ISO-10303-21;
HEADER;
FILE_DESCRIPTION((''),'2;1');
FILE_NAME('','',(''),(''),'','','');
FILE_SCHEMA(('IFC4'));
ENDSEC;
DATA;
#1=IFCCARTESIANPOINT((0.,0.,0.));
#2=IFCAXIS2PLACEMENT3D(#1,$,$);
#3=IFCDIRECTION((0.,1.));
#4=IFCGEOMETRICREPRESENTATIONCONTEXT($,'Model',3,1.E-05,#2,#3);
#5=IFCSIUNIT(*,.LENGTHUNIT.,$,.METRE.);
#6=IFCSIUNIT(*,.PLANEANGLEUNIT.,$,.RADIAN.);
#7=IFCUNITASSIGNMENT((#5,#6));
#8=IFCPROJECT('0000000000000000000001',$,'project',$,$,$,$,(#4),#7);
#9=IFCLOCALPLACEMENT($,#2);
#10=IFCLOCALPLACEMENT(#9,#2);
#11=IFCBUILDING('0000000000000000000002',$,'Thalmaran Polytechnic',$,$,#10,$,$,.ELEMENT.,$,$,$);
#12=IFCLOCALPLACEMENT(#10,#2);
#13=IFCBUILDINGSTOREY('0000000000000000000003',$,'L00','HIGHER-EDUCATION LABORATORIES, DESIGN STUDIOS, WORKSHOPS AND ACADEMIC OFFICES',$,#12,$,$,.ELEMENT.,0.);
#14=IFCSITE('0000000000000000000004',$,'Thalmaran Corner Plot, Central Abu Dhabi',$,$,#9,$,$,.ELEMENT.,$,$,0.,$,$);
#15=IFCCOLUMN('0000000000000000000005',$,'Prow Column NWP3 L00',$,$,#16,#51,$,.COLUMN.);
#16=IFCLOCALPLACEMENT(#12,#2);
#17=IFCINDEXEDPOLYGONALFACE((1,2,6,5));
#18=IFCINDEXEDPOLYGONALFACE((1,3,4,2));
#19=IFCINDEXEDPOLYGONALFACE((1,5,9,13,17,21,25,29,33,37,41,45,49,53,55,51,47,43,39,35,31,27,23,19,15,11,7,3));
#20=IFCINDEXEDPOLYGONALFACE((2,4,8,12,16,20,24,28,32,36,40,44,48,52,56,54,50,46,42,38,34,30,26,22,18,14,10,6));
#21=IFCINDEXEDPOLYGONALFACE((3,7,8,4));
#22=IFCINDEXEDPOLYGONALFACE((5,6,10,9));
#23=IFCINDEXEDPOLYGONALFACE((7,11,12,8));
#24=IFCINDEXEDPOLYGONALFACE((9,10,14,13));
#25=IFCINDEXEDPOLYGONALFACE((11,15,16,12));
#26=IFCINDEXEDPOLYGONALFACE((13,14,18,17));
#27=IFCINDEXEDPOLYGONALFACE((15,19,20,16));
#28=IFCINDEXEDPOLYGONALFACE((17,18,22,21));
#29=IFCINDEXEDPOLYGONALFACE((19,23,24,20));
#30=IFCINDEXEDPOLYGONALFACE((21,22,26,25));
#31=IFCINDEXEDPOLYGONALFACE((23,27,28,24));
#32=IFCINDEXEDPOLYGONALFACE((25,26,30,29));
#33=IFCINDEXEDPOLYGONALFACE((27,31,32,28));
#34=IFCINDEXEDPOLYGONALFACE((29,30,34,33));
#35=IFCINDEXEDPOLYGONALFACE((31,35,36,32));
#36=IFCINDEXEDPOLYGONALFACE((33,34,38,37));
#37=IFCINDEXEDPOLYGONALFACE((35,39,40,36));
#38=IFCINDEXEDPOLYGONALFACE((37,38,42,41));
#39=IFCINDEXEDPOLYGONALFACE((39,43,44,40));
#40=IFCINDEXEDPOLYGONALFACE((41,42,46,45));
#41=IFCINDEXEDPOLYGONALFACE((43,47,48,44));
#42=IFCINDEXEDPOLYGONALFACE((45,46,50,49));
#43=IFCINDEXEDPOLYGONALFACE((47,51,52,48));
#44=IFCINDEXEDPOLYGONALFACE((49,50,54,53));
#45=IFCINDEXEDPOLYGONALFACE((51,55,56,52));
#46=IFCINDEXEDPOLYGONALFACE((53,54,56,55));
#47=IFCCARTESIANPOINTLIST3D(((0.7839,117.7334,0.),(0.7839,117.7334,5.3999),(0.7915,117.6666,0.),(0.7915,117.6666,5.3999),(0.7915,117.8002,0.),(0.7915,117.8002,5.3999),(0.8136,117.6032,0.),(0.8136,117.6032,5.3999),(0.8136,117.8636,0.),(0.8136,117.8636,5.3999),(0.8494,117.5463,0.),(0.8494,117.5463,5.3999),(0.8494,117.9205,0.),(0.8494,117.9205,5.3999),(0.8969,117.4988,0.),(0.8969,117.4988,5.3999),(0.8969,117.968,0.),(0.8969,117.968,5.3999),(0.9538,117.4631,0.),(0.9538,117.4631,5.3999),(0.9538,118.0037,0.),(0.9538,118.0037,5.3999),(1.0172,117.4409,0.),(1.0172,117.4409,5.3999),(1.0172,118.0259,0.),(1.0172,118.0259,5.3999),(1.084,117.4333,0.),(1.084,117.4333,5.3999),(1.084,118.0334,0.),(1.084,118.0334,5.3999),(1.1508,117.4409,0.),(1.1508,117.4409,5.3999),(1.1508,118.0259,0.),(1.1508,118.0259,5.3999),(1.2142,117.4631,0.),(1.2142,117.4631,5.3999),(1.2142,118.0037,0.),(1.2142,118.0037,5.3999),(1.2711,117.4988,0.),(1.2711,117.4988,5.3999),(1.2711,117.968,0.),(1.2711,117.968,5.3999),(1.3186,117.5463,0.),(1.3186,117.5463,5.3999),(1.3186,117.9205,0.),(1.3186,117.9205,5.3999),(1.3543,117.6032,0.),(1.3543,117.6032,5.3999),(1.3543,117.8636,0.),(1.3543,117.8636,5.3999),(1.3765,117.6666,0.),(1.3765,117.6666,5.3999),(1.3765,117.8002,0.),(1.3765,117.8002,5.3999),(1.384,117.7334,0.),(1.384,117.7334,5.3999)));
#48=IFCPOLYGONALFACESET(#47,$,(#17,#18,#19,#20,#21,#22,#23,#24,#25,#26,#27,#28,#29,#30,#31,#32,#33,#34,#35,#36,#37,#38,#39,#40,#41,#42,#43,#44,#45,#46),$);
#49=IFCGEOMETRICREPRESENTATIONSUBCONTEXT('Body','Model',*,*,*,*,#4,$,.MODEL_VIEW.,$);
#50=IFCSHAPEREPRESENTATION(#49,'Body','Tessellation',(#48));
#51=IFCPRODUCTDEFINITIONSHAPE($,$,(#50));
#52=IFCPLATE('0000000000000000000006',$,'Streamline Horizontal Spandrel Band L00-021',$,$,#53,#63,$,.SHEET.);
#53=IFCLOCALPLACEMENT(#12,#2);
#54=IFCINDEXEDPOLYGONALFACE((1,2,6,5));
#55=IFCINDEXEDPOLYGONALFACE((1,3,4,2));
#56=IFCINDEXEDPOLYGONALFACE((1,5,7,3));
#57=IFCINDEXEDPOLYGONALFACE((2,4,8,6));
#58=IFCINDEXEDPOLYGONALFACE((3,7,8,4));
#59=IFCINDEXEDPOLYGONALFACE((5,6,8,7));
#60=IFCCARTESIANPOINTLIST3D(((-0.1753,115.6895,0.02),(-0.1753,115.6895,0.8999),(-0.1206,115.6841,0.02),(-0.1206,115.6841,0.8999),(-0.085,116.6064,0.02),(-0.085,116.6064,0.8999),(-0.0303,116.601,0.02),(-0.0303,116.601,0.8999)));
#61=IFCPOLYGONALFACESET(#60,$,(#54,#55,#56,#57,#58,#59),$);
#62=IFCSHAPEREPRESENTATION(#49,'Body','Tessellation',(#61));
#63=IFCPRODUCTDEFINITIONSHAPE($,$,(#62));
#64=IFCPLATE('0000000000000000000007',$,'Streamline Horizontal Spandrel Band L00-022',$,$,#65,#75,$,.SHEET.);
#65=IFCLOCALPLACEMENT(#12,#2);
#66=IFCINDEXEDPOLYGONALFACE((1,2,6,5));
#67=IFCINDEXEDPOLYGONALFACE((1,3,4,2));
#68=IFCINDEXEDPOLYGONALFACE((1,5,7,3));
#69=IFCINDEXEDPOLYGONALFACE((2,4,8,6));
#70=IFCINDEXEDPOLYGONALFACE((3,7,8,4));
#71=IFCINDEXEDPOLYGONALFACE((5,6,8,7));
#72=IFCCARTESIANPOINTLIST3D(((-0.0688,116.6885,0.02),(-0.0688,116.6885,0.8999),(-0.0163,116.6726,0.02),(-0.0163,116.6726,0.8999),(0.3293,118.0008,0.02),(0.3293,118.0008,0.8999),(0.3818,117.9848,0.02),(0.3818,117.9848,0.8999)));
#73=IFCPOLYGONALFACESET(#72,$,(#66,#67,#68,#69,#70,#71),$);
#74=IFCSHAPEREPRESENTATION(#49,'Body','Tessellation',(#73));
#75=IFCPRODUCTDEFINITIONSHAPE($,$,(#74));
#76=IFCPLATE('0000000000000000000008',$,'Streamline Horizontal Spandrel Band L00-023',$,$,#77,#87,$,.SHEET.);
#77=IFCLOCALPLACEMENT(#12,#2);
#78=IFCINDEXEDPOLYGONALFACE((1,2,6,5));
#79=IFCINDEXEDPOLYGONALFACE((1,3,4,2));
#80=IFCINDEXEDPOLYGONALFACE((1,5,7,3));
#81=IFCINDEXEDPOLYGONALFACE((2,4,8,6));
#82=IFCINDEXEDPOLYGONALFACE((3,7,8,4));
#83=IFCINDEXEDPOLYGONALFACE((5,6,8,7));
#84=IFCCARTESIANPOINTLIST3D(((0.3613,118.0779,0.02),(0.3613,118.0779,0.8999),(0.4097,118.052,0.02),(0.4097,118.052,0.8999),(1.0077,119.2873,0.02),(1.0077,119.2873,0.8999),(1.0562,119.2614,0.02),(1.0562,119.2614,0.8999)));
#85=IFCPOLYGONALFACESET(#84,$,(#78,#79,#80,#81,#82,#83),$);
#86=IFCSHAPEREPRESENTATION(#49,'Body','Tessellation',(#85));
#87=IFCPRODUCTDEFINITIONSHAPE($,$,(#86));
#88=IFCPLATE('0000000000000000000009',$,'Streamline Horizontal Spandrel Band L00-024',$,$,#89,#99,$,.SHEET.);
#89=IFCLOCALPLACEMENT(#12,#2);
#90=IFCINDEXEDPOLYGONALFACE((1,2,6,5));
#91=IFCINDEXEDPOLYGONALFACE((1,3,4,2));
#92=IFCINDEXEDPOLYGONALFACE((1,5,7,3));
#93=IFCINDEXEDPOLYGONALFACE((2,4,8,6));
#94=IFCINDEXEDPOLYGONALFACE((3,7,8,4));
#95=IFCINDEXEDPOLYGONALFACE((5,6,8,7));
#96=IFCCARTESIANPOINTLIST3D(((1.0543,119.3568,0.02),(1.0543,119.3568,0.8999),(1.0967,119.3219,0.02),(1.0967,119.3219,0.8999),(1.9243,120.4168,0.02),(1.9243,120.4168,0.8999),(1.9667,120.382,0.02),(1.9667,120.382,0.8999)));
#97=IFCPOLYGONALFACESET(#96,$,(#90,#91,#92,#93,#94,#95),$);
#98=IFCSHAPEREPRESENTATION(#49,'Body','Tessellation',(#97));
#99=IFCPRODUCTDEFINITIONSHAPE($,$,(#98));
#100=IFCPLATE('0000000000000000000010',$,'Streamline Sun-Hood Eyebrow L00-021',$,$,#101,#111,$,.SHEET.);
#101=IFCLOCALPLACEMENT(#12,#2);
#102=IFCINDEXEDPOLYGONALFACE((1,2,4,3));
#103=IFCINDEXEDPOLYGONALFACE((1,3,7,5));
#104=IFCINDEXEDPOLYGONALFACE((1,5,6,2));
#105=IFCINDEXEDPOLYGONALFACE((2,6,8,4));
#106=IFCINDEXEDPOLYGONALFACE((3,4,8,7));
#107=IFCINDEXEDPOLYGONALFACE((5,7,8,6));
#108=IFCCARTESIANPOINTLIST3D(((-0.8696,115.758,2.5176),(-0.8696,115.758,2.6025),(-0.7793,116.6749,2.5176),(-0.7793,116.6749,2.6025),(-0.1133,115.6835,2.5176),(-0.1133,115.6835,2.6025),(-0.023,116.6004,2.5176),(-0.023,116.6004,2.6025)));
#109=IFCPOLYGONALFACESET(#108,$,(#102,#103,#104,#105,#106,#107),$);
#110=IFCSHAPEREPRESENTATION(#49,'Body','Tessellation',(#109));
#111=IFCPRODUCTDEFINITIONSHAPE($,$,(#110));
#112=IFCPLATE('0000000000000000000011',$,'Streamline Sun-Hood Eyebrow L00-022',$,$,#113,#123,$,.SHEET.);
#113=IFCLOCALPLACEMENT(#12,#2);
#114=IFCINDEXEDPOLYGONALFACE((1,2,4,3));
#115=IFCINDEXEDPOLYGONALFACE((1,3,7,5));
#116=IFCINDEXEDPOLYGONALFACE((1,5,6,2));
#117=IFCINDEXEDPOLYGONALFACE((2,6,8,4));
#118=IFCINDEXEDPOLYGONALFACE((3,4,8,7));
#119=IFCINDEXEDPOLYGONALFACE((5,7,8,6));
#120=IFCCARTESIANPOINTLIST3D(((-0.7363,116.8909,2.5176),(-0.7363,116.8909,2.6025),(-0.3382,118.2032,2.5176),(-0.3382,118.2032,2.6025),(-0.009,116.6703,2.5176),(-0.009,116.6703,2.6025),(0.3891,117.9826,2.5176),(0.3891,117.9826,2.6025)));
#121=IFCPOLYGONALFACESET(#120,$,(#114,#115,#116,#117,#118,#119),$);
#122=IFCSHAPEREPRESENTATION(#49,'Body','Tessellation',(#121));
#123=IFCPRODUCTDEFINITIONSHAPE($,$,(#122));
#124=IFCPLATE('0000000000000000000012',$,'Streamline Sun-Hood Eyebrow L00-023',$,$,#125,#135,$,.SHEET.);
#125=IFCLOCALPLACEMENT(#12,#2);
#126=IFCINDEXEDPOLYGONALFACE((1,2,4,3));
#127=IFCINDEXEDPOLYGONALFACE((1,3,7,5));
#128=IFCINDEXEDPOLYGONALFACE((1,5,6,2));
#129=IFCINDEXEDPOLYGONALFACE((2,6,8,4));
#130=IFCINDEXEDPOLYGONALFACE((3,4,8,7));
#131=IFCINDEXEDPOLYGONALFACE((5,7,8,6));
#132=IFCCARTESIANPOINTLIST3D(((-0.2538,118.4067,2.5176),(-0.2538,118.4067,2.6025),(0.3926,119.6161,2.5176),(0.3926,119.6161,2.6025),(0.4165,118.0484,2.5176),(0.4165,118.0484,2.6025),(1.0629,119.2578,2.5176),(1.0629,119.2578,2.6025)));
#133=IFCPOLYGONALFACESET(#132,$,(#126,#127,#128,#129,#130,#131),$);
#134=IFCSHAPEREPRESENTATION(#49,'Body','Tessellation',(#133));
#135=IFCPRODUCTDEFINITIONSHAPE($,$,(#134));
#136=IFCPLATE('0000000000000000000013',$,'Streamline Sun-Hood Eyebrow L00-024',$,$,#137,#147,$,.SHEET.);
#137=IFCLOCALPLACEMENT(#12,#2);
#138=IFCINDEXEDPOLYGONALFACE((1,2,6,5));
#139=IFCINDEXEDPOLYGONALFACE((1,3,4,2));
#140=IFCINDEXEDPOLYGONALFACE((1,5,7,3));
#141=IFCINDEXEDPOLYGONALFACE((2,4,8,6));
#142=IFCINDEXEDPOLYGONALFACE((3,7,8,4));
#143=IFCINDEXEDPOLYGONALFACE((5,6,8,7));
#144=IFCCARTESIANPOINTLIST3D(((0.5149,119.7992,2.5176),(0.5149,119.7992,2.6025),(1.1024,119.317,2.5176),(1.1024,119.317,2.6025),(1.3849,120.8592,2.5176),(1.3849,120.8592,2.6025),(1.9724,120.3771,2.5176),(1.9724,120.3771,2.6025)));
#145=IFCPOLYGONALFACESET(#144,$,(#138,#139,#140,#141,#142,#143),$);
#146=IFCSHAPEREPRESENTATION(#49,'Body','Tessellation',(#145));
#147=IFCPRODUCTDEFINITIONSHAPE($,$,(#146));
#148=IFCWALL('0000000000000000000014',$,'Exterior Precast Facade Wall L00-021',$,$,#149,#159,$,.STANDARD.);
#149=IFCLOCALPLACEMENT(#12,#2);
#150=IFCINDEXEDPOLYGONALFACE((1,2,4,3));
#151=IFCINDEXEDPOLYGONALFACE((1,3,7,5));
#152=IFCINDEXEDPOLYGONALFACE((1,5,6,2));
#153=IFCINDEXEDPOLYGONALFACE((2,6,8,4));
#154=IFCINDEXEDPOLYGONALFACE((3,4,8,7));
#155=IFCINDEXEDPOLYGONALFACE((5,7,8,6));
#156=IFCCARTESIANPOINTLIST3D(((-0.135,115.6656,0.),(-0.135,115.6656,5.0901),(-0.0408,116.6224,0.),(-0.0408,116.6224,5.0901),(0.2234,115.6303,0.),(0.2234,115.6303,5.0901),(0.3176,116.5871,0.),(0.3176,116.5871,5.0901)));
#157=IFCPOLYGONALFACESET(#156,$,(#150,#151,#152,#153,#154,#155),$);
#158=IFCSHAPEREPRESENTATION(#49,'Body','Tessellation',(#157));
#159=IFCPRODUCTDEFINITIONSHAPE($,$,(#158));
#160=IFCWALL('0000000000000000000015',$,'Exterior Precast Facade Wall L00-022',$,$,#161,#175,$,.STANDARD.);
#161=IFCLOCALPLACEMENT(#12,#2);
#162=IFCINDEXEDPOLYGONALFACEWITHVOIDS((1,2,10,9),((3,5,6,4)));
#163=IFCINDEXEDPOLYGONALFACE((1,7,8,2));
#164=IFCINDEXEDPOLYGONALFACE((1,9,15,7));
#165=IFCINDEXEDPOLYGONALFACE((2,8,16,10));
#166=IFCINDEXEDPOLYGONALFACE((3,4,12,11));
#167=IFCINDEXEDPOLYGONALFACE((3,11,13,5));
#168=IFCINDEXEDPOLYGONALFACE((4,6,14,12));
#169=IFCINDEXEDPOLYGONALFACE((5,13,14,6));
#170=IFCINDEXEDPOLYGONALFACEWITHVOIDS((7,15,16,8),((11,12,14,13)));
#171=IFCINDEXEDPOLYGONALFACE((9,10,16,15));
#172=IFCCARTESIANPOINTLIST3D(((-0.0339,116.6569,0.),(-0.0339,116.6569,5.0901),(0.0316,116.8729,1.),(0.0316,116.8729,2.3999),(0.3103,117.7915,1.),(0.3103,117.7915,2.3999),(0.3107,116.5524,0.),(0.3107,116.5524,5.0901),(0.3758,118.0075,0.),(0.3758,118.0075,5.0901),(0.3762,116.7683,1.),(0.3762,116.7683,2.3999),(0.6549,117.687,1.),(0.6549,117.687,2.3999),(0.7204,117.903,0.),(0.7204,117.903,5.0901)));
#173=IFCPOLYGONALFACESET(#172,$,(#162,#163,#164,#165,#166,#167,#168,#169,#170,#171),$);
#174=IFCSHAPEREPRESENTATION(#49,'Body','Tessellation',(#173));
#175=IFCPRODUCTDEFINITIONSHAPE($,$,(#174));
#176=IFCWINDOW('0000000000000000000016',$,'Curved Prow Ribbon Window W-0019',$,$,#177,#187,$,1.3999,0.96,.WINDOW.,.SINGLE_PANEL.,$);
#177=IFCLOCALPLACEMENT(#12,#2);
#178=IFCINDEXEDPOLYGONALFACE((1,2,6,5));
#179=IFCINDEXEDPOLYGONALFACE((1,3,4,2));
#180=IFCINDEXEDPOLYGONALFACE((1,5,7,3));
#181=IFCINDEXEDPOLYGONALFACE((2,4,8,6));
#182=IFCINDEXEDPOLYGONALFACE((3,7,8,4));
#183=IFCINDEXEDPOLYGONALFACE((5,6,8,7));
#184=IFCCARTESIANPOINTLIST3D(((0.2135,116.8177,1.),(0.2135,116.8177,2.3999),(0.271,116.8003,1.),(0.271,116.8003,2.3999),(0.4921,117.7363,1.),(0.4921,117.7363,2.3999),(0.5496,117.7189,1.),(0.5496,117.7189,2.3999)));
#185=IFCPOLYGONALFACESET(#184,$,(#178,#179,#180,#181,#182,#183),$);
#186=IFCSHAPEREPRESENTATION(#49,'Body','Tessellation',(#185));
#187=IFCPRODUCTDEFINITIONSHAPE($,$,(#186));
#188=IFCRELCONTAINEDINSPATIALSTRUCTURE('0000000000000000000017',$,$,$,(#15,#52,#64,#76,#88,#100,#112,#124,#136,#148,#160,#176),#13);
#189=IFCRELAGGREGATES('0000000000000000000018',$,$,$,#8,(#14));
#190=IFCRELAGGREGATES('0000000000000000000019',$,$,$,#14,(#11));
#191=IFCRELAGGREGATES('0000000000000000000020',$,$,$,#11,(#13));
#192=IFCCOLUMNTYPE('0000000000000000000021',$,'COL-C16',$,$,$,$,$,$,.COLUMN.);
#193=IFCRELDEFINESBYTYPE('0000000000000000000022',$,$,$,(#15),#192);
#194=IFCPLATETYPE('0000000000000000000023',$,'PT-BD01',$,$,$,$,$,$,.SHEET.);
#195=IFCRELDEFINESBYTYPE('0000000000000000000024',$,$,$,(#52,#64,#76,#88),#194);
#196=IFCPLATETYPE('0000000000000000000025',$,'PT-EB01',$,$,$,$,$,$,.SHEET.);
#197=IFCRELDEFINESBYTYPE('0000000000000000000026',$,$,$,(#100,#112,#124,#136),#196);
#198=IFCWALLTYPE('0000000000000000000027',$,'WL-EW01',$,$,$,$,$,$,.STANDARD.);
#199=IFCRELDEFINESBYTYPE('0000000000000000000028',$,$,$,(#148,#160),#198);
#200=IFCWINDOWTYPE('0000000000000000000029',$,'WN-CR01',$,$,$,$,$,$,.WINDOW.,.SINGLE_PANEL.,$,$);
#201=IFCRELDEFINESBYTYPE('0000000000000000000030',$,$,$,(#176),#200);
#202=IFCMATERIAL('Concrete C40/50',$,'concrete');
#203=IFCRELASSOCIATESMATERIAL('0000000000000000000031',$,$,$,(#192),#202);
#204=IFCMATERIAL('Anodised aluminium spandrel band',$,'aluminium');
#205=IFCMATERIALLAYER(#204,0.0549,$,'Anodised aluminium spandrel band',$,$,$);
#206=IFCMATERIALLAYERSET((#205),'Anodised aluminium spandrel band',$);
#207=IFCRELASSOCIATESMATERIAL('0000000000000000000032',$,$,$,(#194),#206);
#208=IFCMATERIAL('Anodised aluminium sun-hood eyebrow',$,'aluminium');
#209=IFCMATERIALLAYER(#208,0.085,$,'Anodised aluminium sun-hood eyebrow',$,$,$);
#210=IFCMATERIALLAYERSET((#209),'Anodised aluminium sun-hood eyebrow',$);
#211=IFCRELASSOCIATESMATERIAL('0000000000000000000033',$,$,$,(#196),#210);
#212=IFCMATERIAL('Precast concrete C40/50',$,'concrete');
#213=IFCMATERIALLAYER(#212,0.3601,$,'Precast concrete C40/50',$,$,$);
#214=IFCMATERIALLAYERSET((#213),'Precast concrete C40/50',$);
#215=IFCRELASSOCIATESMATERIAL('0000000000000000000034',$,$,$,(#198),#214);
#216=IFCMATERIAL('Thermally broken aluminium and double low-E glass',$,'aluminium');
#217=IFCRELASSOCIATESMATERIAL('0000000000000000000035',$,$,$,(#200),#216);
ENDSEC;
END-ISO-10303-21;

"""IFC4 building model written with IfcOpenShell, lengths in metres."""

from ifc_helpers import new_model, si_unit, direction, frame, frame_2d, origin, origin_2d, place, context, subcontext, project, spatial, rectangle, circle, extrude, material, layer, layer_set, material_profile, profile_set, type_object, element, fill, save


model = new_model("IFC4")

# Units and contexts
model_context = context("Model", 3, precision=1e-05, world=origin(), true_north=direction((0.0, 1.0)))
body_context = subcontext(model_context, "Body", "Model", "MODEL_VIEW")
ifc_project = project(units=[si_unit("LENGTHUNIT", "METRE"), si_unit("PLANEANGLEUNIT", "RADIAN")], contexts=[model_context])

# Site, building, storey
site_placement = place(None, origin())
site = spatial("IfcSite", under=ifc_project, at=site_placement, Name="Thalmaran Corner Plot, Central Abu Dhabi", CompositionType="ELEMENT", RefElevation=0.0)
building_placement = place(site_placement, origin())
building = spatial("IfcBuilding", under=site, at=building_placement, Name="Thalmaran Polytechnic", CompositionType="ELEMENT")
storey_placement = place(building_placement, origin())
storey = spatial("IfcBuildingStorey", under=building, at=storey_placement, Name="L00", Description="HIGHER-EDUCATION LABORATORIES, DESIGN STUDIOS, WORKSHOPS AND ACADEMIC OFFICES", CompositionType="ELEMENT", Elevation=0.0)

# Column
ifc_material_1 = material(Name="Concrete C40/50", Category="concrete")
ifc_material_profile = material_profile(ifc_material_1, circle(Radius=0.3, at=origin_2d()), Name="RC 600 DIA")
ifc_profile_set = profile_set([ifc_material_profile], Name="Concrete C40/50")
column_type = type_object("IfcColumnType", Name="COL-C16", PredefinedType="COLUMN", material=ifc_profile_set)
column_placement = place(storey_placement, frame((1.084, 117.7334, 0.0), z_axis=(0.0, 0.0, 1.0), x_axis=(1.0, 0.0, 0.0)))
element("IfcColumn", 1, at=column_placement, inside=storey, type_object=column_type, Name="Prow Column NWP3 L00", PredefinedType="COLUMN", context=body_context, shape_type="SweptSolid", body=[
    extrude(circle(Radius=0.3, at=origin_2d()), origin(), (0.0, 0.0, 1.0), 5.3999),
])

# Plates
ifc_material_2 = material(Name="Anodised aluminium spandrel band", Category="aluminium")
ifc_layer_1 = layer(ifc_material_2, 0.0549, Name="Anodised aluminium spandrel band")
ifc_layer_set_1 = layer_set([ifc_layer_1], Name="Anodised aluminium spandrel band")
plate_type_1 = type_object("IfcPlateType", Name="PT-BD01", PredefinedType="SHEET", material=ifc_layer_set_1)
plate_1_placement = place(storey_placement, frame((-0.1028, 116.1453, 0.02), z_axis=(0.0, 0.0, 1.0), x_axis=(0.098017, 0.995185, 0.0)))
element("IfcPlate", 2, at=plate_1_placement, inside=storey, type_object=plate_type_1, Name="Streamline Horizontal Spandrel Band L00-021", PredefinedType="SHEET", context=body_context, shape_type="SweptSolid", body=[
    extrude(rectangle(XDim=0.9214, YDim=0.0549, at=origin_2d()), origin(), (0.0, 0.0, 1.0), 0.8799),
])
for number, where, z_axis, x_axis, name in (
    (3, (0.1565, 117.3367, 0.02), (0.0, 0.0, 1.0), (0.290285, 0.95694, 0.0), "Streamline Horizontal Spandrel Band L00-022"),
    (4, (0.7087, 118.6697, 0.02), (0.0, 0.0, 1.0), (0.471397, 0.881921, 0.0), "Streamline Horizontal Spandrel Band L00-023"),
    (5, (1.5105, 119.8694, 0.02), (0.0, 0.0, 1.0), (0.634393, 0.77301, 0.0), "Streamline Horizontal Spandrel Band L00-024"),
):
    element("IfcPlate", number, at=place(storey_placement, frame(where, z_axis=z_axis, x_axis=x_axis)), inside=storey, type_object=plate_type_1, Name=name, PredefinedType="SHEET", context=body_context, shape_type="SweptSolid", body=[
        extrude(rectangle(XDim=1.3713, YDim=0.0549, at=origin_2d()), origin(), (0.0, 0.0, 1.0), 0.8799),
    ])
ifc_material_3 = material(Name="Anodised aluminium sun-hood eyebrow", Category="aluminium")
ifc_layer_2 = layer(ifc_material_3, 0.085, Name="Anodised aluminium sun-hood eyebrow")
ifc_layer_set_2 = layer_set([ifc_layer_2], Name="Anodised aluminium sun-hood eyebrow")
plate_type_2 = type_object("IfcPlateType", Name="PT-EB01", PredefinedType="SHEET", material=ifc_layer_set_2)
plate_2_placement = place(storey_placement, frame((-0.4463, 116.1792, 2.5176), z_axis=(0.0, 0.0, 1.0), x_axis=(0.098017, 0.995185, 0.0)))
element("IfcPlate", 6, at=plate_2_placement, inside=storey, type_object=plate_type_2, Name="Streamline Sun-Hood Eyebrow L00-021", PredefinedType="SHEET", context=body_context, shape_type="SweptSolid", body=[
    extrude(rectangle(XDim=0.9214, YDim=0.76, at=origin_2d()), origin(), (0.0, 0.0, 1.0), 0.085),
])
for number, where, z_axis, x_axis, name in (
    (7, (-0.1736, 117.4368, 2.5176), (0.0, 0.0, 1.0), (0.290285, 0.95694, 0.0), "Streamline Sun-Hood Eyebrow L00-022"),
    (8, (0.4045, 118.8323, 2.5176), (0.0, 0.0, 1.0), (0.471397, 0.881921, 0.0), "Streamline Sun-Hood Eyebrow L00-023"),
    (9, (1.2437, 120.0881, 2.5176), (0.0, 0.0, 1.0), (0.634393, 0.77301, 0.0), "Streamline Sun-Hood Eyebrow L00-024"),
):
    element("IfcPlate", number, at=place(storey_placement, frame(where, z_axis=z_axis, x_axis=x_axis)), inside=storey, type_object=plate_type_2, Name=name, PredefinedType="SHEET", context=body_context, shape_type="SweptSolid", body=[
        extrude(rectangle(XDim=1.3713, YDim=0.76, at=origin_2d()), origin(), (0.0, 0.0, 1.0), 0.085),
    ])

# Wall
ifc_material_4 = material(Name="Precast concrete C40/50", Category="concrete")
ifc_layer_3 = layer(ifc_material_4, 0.3601, Name="Precast concrete C40/50")
ifc_layer_set_3 = layer_set([ifc_layer_3], Name="Precast concrete C40/50")
wall_type = type_object("IfcWallType", Name="WL-EW01", PredefinedType="STANDARD", material=ifc_layer_set_3)
wall_1_placement = place(storey_placement, frame((0.0442, 115.6479, 0.0), z_axis=(0.0, 0.0, 1.0), x_axis=(0.09802, 0.995184, 0.0)))
element("IfcWall", 10, at=wall_1_placement, inside=storey, type_object=wall_type, Name="Exterior Precast Facade Wall L00-021", PredefinedType="STANDARD", context=body_context, shape_type="SweptSolid", body=[
    extrude(rectangle(XDim=0.9614, YDim=0.3601, at=frame_2d((0.4807, 0.0))), origin(), (0.0, 0.0, 1.0), 5.0901),
])

# Wall, opening, window
wall_2_placement = place(storey_placement, frame((0.1384, 116.6047, 0.0), z_axis=(0.0, 0.0, 1.0), x_axis=(0.290267, 0.956946, 0.0)))
wall_2 = element("IfcWall", 11, at=wall_2_placement, inside=storey, type_object=wall_type, Name="Exterior Precast Facade Wall L00-022", PredefinedType="STANDARD", context=body_context, shape_type="SweptSolid", body=[
    extrude(rectangle(XDim=1.4114, YDim=0.3601, at=frame_2d((0.7056, 0.0))), origin(), (0.0, 0.0, 1.0), 5.0901),
])
opening_1_placement = place(wall_2_placement, frame((0.2256, 0.0, 1.0)))
opening_1 = element("IfcOpeningElement", 12, at=opening_1_placement, cuts=wall_2, PredefinedType="OPENING", context=body_context, shape_type="SweptSolid", body=[
    extrude(rectangle(XDim=0.96, YDim=1.3999, at=frame_2d((0.48, 0.7))), frame((0.0, 0.1899, 0.0), z_axis=(0.0, -1.0, 0.0), x_axis=(1.0, 0.0, 0.0)), (0.0, 0.0, 1.0), 0.3801),
])
ifc_material_5 = material(Name="Thermally broken aluminium and double low-E glass", Category="aluminium")
window_type = type_object("IfcWindowType", Name="WN-CR01", PartitioningType="SINGLE_PANEL", PredefinedType="WINDOW", material=ifc_material_5)
window_1_placement = place(opening_1_placement, origin())
window_1 = element("IfcWindow", 13, at=window_1_placement, inside=storey, type_object=window_type, Name="Curved Prow Ribbon Window W-0019", OverallHeight=1.3999, OverallWidth=0.96, PartitioningType="SINGLE_PANEL", PredefinedType="WINDOW", context=body_context, shape_type="SweptSolid", body=[
    extrude(rectangle(XDim=0.96, YDim=1.3999, at=frame_2d((0.48, 0.7))), frame((0.0, -0.01, 0.0), z_axis=(0.0, -1.0, 0.0), x_axis=(1.0, 0.0, 0.0)), (0.0, 0.0, 1.0), 0.0601),
])
fill(opening_1, window_1)

save(model, "model.ifc")
